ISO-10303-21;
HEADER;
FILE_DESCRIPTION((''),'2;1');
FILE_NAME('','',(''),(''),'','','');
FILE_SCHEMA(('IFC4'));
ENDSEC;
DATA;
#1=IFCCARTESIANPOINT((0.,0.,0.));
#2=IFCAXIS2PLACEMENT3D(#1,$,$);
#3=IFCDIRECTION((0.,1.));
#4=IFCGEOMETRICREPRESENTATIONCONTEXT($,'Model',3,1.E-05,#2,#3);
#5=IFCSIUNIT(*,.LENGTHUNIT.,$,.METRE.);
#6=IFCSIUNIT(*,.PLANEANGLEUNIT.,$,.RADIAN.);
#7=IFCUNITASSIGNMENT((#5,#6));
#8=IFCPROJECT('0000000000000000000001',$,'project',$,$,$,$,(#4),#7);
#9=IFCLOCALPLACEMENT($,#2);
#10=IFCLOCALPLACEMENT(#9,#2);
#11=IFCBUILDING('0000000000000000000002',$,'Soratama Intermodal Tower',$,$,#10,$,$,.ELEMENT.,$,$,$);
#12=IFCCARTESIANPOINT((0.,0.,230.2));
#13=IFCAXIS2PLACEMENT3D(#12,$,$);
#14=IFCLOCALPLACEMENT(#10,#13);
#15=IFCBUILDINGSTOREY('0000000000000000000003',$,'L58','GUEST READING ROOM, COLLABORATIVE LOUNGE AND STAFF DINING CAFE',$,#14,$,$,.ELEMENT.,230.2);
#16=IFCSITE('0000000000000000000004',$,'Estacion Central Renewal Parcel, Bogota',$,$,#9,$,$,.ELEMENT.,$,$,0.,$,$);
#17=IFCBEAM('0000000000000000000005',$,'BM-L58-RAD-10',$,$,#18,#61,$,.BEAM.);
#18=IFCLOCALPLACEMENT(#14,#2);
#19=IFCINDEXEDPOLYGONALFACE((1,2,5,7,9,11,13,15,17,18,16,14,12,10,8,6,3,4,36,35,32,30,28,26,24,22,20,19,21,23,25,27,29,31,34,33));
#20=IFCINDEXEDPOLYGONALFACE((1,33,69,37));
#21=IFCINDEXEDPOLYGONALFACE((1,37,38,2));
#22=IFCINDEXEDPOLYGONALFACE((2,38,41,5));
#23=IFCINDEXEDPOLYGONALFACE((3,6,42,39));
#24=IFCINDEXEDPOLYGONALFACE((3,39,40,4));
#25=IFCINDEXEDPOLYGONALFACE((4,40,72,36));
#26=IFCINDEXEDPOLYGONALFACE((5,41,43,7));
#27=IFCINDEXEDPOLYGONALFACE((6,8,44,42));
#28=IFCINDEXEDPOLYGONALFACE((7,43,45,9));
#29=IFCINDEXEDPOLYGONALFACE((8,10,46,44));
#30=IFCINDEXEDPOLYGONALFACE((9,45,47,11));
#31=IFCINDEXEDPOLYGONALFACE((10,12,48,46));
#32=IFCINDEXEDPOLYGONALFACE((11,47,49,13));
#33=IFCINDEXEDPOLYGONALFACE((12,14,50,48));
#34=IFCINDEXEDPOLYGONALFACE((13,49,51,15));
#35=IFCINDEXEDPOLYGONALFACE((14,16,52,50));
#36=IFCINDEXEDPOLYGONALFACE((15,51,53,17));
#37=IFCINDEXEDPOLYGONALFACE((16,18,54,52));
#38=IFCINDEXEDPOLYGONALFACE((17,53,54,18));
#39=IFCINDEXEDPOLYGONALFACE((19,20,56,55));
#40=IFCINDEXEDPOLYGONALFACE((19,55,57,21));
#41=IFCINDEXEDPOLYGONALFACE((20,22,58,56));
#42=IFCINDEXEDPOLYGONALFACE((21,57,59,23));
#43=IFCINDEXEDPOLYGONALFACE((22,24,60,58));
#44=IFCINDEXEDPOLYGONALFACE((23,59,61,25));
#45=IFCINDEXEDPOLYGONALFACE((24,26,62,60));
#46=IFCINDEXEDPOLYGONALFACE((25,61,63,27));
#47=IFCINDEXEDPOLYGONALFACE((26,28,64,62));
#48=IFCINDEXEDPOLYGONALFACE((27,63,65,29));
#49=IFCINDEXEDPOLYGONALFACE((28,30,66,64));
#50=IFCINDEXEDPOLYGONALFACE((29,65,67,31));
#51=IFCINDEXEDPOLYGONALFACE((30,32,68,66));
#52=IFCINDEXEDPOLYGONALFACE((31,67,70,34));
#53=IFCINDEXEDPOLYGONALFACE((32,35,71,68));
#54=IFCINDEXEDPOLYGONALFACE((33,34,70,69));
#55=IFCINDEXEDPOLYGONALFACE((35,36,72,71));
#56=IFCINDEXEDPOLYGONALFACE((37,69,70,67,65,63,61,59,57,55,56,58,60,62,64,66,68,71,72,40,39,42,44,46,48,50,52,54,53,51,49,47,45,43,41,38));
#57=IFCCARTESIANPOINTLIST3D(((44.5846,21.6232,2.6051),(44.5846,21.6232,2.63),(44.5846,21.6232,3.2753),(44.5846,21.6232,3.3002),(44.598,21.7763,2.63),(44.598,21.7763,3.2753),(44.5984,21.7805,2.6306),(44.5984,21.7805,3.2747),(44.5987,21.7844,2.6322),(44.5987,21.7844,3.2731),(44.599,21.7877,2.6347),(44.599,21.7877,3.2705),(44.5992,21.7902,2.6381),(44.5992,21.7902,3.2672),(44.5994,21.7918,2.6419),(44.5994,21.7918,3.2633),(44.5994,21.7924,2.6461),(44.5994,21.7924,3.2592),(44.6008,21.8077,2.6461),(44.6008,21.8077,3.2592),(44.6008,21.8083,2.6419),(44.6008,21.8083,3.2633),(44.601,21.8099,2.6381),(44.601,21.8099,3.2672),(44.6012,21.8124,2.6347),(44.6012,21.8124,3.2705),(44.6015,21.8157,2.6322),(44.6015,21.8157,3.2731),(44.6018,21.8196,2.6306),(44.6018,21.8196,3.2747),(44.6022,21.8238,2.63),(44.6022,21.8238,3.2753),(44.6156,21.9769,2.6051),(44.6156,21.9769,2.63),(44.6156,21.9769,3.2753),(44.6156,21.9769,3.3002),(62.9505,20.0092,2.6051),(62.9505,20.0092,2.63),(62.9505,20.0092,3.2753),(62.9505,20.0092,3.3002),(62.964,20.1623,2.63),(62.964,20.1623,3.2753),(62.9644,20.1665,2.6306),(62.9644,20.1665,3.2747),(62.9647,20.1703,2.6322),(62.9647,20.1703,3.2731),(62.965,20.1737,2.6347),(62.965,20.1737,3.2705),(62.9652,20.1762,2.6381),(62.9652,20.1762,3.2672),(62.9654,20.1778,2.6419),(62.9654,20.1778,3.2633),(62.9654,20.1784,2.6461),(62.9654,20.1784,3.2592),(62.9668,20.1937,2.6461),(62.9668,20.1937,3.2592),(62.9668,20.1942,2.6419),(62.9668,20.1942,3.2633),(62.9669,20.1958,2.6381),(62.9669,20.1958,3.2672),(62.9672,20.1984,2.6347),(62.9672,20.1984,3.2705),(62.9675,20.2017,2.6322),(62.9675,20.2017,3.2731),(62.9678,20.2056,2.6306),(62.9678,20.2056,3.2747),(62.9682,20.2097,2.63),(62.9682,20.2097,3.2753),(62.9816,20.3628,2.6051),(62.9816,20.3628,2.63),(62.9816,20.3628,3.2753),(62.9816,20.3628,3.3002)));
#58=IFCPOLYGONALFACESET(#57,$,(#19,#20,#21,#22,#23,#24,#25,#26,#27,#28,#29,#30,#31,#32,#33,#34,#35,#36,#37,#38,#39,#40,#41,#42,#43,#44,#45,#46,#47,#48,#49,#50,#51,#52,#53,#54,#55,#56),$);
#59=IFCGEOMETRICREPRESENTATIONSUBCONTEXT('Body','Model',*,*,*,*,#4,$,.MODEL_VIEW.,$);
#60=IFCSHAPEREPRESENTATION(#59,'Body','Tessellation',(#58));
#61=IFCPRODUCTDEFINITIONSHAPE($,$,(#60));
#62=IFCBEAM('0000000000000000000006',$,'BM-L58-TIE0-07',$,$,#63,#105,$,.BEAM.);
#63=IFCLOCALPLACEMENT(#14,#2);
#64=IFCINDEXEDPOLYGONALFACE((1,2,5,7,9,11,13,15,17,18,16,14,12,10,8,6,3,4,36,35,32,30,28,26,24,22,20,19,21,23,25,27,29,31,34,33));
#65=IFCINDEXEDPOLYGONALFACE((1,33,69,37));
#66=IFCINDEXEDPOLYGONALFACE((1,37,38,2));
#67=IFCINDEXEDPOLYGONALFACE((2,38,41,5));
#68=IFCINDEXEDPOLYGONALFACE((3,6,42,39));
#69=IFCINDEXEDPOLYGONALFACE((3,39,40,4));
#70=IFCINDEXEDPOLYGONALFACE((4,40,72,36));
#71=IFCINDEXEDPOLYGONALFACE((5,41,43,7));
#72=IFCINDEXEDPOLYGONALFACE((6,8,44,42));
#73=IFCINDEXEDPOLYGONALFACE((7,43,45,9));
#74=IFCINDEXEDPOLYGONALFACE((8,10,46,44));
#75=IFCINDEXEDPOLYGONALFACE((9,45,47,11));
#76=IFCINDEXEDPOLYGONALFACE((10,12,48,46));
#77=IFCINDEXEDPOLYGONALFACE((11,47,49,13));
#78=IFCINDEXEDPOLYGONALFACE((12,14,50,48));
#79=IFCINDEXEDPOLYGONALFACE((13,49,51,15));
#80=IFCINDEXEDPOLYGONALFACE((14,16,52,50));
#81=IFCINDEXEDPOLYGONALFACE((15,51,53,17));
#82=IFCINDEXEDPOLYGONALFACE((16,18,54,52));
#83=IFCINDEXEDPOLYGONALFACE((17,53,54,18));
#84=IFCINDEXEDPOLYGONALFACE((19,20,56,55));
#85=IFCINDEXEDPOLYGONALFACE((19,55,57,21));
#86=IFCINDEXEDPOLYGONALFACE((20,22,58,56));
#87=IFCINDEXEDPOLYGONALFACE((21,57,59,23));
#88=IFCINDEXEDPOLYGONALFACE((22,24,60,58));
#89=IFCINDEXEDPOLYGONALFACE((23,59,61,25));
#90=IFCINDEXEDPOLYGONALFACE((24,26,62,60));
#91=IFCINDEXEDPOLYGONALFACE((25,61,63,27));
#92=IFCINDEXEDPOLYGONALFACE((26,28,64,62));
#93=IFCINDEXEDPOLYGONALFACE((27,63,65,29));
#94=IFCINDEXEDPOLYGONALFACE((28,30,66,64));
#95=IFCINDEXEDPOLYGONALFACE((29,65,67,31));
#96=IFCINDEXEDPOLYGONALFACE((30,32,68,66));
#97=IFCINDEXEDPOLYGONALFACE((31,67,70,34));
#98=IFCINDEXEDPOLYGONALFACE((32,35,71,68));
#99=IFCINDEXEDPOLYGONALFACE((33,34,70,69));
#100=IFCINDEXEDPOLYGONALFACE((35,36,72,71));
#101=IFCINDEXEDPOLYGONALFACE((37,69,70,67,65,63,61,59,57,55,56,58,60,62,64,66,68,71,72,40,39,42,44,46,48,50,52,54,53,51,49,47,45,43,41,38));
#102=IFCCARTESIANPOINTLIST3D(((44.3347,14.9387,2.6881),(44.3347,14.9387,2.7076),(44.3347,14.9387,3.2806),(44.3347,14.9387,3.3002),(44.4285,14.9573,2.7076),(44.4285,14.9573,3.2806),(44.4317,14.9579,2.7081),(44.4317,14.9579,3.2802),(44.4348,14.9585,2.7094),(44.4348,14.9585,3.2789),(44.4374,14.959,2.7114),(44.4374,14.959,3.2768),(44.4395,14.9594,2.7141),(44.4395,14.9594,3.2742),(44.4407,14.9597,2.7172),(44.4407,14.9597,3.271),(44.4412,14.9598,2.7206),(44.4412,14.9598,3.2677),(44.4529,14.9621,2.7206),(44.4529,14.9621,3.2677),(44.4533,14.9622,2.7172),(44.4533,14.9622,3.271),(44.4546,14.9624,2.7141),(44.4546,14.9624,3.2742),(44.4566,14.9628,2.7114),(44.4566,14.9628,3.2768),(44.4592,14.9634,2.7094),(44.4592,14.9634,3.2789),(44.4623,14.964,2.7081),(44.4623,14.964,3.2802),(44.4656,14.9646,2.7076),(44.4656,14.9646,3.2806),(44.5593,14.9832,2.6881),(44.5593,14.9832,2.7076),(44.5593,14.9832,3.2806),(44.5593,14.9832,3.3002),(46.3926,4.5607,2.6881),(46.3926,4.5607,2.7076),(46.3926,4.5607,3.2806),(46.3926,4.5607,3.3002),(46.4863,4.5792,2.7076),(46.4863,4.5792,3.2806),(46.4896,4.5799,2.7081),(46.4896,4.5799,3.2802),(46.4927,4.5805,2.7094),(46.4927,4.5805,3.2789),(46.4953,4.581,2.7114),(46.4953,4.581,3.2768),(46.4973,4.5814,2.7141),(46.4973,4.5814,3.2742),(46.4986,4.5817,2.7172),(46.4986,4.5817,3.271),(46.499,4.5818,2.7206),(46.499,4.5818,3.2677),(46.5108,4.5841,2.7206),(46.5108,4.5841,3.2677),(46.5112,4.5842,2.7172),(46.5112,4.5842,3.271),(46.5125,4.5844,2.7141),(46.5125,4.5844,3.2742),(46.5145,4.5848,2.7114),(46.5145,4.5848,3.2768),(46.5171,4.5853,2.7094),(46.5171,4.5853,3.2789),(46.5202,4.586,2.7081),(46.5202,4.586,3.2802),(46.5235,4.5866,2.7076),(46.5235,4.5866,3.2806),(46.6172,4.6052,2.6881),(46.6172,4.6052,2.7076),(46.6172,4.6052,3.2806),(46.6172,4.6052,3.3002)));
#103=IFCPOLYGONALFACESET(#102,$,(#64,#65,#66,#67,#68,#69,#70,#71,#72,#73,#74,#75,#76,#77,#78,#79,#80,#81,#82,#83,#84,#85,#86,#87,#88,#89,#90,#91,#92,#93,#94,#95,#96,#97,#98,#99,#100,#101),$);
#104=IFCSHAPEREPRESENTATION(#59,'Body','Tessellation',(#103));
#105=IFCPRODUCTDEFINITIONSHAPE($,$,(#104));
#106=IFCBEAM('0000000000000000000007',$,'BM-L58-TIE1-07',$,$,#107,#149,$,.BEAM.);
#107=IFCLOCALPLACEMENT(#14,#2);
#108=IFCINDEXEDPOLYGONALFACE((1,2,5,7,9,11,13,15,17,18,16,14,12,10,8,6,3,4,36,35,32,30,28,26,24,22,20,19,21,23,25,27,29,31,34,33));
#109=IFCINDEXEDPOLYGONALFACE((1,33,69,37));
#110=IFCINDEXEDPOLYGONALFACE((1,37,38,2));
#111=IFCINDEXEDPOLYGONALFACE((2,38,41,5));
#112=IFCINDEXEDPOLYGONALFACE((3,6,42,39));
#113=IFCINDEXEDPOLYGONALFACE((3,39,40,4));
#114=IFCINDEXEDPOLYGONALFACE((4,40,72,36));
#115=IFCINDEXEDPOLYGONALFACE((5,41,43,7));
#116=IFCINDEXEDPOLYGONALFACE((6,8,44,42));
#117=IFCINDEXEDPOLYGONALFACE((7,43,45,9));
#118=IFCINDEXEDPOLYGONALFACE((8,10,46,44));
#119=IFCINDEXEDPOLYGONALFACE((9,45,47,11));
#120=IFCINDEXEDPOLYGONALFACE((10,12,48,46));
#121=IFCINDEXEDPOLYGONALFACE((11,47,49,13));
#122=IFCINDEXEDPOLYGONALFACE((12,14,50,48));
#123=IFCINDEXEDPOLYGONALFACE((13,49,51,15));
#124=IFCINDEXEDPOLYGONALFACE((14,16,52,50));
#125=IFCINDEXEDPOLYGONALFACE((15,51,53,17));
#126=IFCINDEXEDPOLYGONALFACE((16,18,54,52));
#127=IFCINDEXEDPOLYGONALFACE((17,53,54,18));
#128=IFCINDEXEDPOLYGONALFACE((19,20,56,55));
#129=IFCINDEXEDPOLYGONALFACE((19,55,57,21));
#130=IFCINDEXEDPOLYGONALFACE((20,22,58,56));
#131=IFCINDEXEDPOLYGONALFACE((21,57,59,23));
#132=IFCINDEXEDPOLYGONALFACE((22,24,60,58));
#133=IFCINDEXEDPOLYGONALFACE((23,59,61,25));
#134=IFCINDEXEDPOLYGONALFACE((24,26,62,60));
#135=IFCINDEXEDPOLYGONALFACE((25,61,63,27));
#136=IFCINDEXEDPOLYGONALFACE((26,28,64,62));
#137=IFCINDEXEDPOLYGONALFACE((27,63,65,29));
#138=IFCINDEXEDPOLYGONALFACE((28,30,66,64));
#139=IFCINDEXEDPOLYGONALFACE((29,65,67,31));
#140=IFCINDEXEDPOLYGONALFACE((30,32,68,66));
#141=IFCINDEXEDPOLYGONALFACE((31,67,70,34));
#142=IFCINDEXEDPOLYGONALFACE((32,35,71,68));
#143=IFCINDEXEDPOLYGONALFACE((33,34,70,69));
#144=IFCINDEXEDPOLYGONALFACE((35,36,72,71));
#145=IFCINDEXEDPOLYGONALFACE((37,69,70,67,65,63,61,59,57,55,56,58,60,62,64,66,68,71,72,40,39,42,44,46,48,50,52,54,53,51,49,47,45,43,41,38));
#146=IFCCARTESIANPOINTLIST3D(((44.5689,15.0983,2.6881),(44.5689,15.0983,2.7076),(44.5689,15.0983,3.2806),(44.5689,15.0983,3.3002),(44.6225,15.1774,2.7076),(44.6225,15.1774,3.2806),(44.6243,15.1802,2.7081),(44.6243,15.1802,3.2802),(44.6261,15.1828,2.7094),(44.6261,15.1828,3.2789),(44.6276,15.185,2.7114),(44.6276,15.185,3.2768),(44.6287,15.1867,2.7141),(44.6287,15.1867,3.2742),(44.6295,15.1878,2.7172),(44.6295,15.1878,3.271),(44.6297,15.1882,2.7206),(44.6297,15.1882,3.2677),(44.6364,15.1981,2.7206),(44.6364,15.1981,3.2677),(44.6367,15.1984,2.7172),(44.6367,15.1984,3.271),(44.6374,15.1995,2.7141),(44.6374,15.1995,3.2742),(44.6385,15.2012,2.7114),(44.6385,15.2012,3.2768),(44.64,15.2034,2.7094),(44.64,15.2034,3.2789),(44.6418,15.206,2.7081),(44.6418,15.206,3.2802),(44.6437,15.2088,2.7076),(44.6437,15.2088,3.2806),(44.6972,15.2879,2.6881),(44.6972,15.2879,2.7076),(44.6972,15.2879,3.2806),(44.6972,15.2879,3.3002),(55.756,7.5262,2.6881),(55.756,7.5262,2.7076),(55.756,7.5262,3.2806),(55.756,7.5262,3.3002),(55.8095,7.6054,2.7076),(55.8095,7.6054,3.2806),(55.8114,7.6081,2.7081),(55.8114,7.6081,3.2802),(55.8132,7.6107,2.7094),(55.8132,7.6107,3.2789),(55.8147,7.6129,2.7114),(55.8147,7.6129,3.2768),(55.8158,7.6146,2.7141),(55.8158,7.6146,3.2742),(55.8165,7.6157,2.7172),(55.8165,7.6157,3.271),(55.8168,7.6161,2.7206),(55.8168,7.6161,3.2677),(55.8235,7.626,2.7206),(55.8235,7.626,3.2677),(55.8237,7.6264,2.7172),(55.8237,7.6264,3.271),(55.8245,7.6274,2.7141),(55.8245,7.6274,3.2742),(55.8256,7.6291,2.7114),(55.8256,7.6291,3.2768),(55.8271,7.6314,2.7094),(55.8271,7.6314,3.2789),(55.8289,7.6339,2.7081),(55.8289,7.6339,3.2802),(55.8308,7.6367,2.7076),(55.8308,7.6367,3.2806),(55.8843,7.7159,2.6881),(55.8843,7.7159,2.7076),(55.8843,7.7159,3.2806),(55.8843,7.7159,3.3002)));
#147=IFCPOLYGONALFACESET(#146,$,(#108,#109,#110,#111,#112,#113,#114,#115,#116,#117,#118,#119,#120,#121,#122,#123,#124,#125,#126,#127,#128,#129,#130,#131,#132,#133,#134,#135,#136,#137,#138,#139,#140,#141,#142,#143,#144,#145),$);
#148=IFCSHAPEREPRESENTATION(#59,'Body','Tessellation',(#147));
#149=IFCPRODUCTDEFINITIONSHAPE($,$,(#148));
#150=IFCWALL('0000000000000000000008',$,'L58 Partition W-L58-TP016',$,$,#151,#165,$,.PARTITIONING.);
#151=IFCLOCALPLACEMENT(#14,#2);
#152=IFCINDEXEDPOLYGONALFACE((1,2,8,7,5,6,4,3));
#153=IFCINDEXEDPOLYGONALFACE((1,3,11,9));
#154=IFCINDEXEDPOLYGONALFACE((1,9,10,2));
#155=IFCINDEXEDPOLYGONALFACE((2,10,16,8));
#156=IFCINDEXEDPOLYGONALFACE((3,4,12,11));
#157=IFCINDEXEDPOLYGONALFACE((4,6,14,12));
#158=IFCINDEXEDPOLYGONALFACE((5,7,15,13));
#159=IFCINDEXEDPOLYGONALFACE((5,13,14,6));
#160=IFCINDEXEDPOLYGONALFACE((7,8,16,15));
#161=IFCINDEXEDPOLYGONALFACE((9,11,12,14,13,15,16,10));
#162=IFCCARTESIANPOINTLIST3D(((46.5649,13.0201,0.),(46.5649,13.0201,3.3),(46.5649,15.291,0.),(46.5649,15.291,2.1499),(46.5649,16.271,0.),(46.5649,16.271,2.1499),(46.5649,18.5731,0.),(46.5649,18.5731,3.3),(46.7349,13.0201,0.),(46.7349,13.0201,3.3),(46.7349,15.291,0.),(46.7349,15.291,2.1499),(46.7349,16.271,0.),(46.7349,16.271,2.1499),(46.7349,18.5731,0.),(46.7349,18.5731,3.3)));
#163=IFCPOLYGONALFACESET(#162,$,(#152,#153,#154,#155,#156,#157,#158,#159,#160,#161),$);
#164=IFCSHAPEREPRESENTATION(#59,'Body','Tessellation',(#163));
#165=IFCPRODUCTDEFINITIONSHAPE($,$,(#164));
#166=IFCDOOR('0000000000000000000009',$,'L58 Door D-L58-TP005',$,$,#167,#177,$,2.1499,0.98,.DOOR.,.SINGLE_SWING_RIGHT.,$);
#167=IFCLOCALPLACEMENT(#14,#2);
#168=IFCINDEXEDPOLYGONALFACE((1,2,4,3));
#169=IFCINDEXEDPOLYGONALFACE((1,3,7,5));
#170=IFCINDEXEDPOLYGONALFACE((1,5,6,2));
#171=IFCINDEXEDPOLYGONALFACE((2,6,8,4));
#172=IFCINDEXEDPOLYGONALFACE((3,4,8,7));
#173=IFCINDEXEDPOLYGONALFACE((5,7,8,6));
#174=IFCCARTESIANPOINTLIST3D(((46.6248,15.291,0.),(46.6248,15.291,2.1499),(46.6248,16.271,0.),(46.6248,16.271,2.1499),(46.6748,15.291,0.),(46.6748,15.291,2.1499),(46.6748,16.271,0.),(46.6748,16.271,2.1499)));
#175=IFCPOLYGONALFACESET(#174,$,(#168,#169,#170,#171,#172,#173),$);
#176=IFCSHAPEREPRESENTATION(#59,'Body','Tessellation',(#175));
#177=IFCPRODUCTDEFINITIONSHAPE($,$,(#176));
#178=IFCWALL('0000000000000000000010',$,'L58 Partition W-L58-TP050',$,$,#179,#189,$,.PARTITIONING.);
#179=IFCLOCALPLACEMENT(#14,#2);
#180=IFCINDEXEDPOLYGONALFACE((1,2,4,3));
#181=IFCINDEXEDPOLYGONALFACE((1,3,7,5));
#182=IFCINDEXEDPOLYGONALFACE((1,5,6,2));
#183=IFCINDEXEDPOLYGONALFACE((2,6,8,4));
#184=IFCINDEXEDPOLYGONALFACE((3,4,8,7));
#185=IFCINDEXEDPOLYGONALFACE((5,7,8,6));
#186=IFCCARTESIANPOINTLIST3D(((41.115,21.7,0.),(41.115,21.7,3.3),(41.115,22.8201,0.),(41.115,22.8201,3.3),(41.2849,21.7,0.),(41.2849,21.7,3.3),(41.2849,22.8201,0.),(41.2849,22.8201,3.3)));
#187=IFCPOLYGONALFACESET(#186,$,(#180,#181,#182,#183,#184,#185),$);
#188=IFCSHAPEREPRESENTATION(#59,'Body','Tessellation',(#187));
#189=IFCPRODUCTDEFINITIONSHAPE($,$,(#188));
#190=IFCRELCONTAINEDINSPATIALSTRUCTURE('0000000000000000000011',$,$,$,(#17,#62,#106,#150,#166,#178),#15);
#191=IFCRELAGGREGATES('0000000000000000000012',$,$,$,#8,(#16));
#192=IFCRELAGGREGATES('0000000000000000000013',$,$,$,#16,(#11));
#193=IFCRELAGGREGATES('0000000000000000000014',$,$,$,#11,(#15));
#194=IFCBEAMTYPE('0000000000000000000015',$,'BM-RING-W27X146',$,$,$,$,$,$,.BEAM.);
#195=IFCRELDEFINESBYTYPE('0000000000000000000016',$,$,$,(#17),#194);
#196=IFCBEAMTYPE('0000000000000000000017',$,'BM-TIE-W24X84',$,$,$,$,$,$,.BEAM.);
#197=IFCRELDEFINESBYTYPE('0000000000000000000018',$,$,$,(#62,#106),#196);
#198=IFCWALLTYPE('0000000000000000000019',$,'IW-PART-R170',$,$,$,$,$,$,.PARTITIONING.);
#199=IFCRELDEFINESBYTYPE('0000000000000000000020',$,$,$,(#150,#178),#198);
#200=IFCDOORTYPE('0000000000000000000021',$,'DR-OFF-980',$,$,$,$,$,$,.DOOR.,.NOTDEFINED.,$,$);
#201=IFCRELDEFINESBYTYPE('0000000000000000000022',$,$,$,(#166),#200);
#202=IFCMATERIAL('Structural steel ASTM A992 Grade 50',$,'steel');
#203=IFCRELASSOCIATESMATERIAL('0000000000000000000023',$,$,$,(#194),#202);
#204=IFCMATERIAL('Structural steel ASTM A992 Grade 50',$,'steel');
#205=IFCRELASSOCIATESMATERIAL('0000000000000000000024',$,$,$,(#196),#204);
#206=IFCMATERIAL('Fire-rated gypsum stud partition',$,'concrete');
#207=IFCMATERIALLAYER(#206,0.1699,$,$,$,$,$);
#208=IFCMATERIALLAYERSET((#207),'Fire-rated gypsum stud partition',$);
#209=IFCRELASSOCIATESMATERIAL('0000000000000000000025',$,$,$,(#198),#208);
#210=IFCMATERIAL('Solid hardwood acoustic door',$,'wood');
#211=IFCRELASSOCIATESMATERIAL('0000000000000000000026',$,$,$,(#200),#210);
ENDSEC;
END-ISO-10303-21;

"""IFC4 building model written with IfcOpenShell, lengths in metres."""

from ifc_helpers import new_model, si_unit, direction, frame, frame_2d, origin, origin_2d, place, context, subcontext, project, spatial, rectangle, i_section, extrude, material, layer, layer_set, material_profile, profile_set, type_object, element, fill, save


model = new_model("IFC4")

# Units and contexts
model_context = context("Model", 3, precision=1e-05, world=origin(), true_north=direction((0.0, 1.0)))
body_context = subcontext(model_context, "Body", "Model", "MODEL_VIEW")
ifc_project = project(units=[si_unit("LENGTHUNIT", "METRE"), si_unit("PLANEANGLEUNIT", "RADIAN")], contexts=[model_context])

# Site, building, storey
site_placement = place(None, origin())
site = spatial("IfcSite", under=ifc_project, at=site_placement, Name="Estacion Central Renewal Parcel, Bogota", CompositionType="ELEMENT", RefElevation=0.0)
building_placement = place(site_placement, origin())
building = spatial("IfcBuilding", under=site, at=building_placement, Name="Soratama Intermodal Tower", CompositionType="ELEMENT")
storey_placement = place(building_placement, frame((0.0, 0.0, 230.2)))
storey = spatial("IfcBuildingStorey", under=building, at=storey_placement, Name="L58", Description="GUEST READING ROOM, COLLABORATIVE LOUNGE AND STAFF DINING CAFE", CompositionType="ELEMENT", Elevation=230.2)

# Beams
ifc_material_1 = material(Name="Structural steel ASTM A992 Grade 50", Category="steel")
ifc_material_profile_1 = material_profile(ifc_material_1, i_section(OverallWidth=0.355, OverallDepth=0.6951, WebThickness=0.0154, FlangeThickness=0.0249, FilletRadius=0.0161, at=origin_2d()), Name="W27X146")
ifc_profile_set_1 = profile_set([ifc_material_profile_1], Name="Structural steel ASTM A992 Grade 50")
beam_type_1 = type_object("IfcBeamType", Name="BM-RING-W27X146", PredefinedType="BEAM", material=ifc_profile_set_1)
beam_1_placement = place(storey_placement, frame((44.6001, 21.8, 2.9526), z_axis=(0.996161, -0.087543, 0.0), x_axis=(0.087543, 0.996161, 0.0)))
element("IfcBeam", 1, at=beam_1_placement, inside=storey, type_object=beam_type_1, Name="BM-L58-RAD-10", PredefinedType="BEAM", context=body_context, shape_type="SweptSolid", body=[
    extrude(i_section(OverallWidth=0.355, OverallDepth=0.6951, WebThickness=0.0154, FlangeThickness=0.0249, FilletRadius=0.0161, at=origin_2d()), origin(), (0.0, 0.0, 1.0), 18.4368),
])
ifc_material_2 = material(Name="Structural steel ASTM A992 Grade 50", Category="steel")
ifc_material_profile_2 = material_profile(ifc_material_2, i_section(OverallWidth=0.229, OverallDepth=0.6121, WebThickness=0.012, FlangeThickness=0.0195, FilletRadius=0.0129, at=origin_2d()), Name="W24X84")
ifc_profile_set_2 = profile_set([ifc_material_profile_2], Name="Structural steel ASTM A992 Grade 50")
beam_type_2 = type_object("IfcBeamType", Name="BM-TIE-W24X84", PredefinedType="BEAM", material=ifc_profile_set_2)
beam_2_placement = place(storey_placement, frame((44.447, 14.9609, 2.9941), z_axis=(0.194505, -0.980902, 0.0), x_axis=(0.980902, 0.194505, 0.0)))
element("IfcBeam", 2, at=beam_2_placement, inside=storey, type_object=beam_type_2, Name="BM-L58-TIE0-07", PredefinedType="BEAM", context=body_context, shape_type="SweptSolid", body=[
    extrude(i_section(OverallWidth=0.229, OverallDepth=0.6121, WebThickness=0.012, FlangeThickness=0.0195, FilletRadius=0.0129, at=origin_2d()), origin(), (0.0, 0.0, 1.0), 10.5801),
])
beam_3_placement = place(storey_placement, frame((44.6331, 15.1931, 2.9941), z_axis=(0.828134, -0.56053, 0.0), x_axis=(0.56053, 0.828134, 0.0)))
element("IfcBeam", 3, at=beam_3_placement, inside=storey, type_object=beam_type_2, Name="BM-L58-TIE1-07", PredefinedType="BEAM", context=body_context, shape_type="SweptSolid", body=[
    extrude(i_section(OverallWidth=0.229, OverallDepth=0.6121, WebThickness=0.012, FlangeThickness=0.0195, FilletRadius=0.0129, at=origin_2d()), origin(), (0.0, 0.0, 1.0), 13.5088),
])

# Wall, opening, door
ifc_material_3 = material(Name="Fire-rated gypsum stud partition", Category="concrete")
ifc_layer_1 = layer(ifc_material_3, 0.1699)
ifc_layer_set_1 = layer_set([ifc_layer_1], Name="Fire-rated gypsum stud partition")
wall_type_1 = type_object("IfcWallType", Name="IW-PART-R170", PredefinedType="PARTITIONING", material=ifc_layer_set_1)
wall_1_placement = place(storey_placement, frame((46.6499, 18.573, 0.0), z_axis=(0.0, 0.0, 1.0), x_axis=(0.0, -1.0, 0.0)))
wall_1 = element("IfcWall", 4, at=wall_1_placement, inside=storey, type_object=wall_type_1, Name="L58 Partition W-L58-TP016", PredefinedType="PARTITIONING", context=body_context, shape_type="SweptSolid", body=[
    extrude(rectangle(XDim=5.553, YDim=0.1699, at=frame_2d((2.7764, 0.0))), origin(), (0.0, 0.0, 1.0), 3.3),
])
opening_1_placement = place(wall_1_placement, frame((2.302, 0.0, 0.0)))
opening_1 = element("IfcOpeningElement", 5, at=opening_1_placement, cuts=wall_1, PredefinedType="OPENING", context=body_context, shape_type="SweptSolid", body=[
    extrude(rectangle(XDim=0.98, YDim=2.1499, at=frame_2d((0.49, 1.075))), frame((0.0, 0.095, 0.0), z_axis=(0.0, -1.0, 0.0), x_axis=(1.0, 0.0, 0.0)), (0.0, 0.0, 1.0), 0.1899),
])
ifc_material_4 = material(Name="Solid hardwood acoustic door", Category="wood")
door_type_1 = type_object("IfcDoorType", Name="DR-OFF-980", OperationType="NOTDEFINED", PredefinedType="DOOR", material=ifc_material_4)
door_1_placement = place(opening_1_placement, origin())
door_1 = element("IfcDoor", 6, at=door_1_placement, inside=storey, type_object=door_type_1, Name="L58 Door D-L58-TP005", OperationType="SINGLE_SWING_RIGHT", OverallHeight=2.1499, OverallWidth=0.98, PredefinedType="DOOR", context=body_context, shape_type="SweptSolid", body=[
    extrude(rectangle(XDim=0.98, YDim=2.1499, at=frame_2d((0.49, 1.075))), frame((0.0, 0.0249, 0.0), z_axis=(0.0, -1.0, 0.0), x_axis=(1.0, 0.0, 0.0)), (0.0, 0.0, 1.0), 0.05),
])
fill(opening_1, door_1)

# Wall
wall_2_placement = place(storey_placement, frame((41.2, 21.7, 0.0), z_axis=(0.0, 0.0, 1.0), x_axis=(0.0, 1.0, 0.0)))
element("IfcWall", 7, at=wall_2_placement, inside=storey, type_object=wall_type_1, Name="L58 Partition W-L58-TP050", PredefinedType="PARTITIONING", context=body_context, shape_type="SweptSolid", body=[
    extrude(rectangle(XDim=1.1201, YDim=0.1699, at=frame_2d((0.5601, 0.0))), origin(), (0.0, 0.0, 1.0), 3.3),
])

save(model, "model.ifc")
